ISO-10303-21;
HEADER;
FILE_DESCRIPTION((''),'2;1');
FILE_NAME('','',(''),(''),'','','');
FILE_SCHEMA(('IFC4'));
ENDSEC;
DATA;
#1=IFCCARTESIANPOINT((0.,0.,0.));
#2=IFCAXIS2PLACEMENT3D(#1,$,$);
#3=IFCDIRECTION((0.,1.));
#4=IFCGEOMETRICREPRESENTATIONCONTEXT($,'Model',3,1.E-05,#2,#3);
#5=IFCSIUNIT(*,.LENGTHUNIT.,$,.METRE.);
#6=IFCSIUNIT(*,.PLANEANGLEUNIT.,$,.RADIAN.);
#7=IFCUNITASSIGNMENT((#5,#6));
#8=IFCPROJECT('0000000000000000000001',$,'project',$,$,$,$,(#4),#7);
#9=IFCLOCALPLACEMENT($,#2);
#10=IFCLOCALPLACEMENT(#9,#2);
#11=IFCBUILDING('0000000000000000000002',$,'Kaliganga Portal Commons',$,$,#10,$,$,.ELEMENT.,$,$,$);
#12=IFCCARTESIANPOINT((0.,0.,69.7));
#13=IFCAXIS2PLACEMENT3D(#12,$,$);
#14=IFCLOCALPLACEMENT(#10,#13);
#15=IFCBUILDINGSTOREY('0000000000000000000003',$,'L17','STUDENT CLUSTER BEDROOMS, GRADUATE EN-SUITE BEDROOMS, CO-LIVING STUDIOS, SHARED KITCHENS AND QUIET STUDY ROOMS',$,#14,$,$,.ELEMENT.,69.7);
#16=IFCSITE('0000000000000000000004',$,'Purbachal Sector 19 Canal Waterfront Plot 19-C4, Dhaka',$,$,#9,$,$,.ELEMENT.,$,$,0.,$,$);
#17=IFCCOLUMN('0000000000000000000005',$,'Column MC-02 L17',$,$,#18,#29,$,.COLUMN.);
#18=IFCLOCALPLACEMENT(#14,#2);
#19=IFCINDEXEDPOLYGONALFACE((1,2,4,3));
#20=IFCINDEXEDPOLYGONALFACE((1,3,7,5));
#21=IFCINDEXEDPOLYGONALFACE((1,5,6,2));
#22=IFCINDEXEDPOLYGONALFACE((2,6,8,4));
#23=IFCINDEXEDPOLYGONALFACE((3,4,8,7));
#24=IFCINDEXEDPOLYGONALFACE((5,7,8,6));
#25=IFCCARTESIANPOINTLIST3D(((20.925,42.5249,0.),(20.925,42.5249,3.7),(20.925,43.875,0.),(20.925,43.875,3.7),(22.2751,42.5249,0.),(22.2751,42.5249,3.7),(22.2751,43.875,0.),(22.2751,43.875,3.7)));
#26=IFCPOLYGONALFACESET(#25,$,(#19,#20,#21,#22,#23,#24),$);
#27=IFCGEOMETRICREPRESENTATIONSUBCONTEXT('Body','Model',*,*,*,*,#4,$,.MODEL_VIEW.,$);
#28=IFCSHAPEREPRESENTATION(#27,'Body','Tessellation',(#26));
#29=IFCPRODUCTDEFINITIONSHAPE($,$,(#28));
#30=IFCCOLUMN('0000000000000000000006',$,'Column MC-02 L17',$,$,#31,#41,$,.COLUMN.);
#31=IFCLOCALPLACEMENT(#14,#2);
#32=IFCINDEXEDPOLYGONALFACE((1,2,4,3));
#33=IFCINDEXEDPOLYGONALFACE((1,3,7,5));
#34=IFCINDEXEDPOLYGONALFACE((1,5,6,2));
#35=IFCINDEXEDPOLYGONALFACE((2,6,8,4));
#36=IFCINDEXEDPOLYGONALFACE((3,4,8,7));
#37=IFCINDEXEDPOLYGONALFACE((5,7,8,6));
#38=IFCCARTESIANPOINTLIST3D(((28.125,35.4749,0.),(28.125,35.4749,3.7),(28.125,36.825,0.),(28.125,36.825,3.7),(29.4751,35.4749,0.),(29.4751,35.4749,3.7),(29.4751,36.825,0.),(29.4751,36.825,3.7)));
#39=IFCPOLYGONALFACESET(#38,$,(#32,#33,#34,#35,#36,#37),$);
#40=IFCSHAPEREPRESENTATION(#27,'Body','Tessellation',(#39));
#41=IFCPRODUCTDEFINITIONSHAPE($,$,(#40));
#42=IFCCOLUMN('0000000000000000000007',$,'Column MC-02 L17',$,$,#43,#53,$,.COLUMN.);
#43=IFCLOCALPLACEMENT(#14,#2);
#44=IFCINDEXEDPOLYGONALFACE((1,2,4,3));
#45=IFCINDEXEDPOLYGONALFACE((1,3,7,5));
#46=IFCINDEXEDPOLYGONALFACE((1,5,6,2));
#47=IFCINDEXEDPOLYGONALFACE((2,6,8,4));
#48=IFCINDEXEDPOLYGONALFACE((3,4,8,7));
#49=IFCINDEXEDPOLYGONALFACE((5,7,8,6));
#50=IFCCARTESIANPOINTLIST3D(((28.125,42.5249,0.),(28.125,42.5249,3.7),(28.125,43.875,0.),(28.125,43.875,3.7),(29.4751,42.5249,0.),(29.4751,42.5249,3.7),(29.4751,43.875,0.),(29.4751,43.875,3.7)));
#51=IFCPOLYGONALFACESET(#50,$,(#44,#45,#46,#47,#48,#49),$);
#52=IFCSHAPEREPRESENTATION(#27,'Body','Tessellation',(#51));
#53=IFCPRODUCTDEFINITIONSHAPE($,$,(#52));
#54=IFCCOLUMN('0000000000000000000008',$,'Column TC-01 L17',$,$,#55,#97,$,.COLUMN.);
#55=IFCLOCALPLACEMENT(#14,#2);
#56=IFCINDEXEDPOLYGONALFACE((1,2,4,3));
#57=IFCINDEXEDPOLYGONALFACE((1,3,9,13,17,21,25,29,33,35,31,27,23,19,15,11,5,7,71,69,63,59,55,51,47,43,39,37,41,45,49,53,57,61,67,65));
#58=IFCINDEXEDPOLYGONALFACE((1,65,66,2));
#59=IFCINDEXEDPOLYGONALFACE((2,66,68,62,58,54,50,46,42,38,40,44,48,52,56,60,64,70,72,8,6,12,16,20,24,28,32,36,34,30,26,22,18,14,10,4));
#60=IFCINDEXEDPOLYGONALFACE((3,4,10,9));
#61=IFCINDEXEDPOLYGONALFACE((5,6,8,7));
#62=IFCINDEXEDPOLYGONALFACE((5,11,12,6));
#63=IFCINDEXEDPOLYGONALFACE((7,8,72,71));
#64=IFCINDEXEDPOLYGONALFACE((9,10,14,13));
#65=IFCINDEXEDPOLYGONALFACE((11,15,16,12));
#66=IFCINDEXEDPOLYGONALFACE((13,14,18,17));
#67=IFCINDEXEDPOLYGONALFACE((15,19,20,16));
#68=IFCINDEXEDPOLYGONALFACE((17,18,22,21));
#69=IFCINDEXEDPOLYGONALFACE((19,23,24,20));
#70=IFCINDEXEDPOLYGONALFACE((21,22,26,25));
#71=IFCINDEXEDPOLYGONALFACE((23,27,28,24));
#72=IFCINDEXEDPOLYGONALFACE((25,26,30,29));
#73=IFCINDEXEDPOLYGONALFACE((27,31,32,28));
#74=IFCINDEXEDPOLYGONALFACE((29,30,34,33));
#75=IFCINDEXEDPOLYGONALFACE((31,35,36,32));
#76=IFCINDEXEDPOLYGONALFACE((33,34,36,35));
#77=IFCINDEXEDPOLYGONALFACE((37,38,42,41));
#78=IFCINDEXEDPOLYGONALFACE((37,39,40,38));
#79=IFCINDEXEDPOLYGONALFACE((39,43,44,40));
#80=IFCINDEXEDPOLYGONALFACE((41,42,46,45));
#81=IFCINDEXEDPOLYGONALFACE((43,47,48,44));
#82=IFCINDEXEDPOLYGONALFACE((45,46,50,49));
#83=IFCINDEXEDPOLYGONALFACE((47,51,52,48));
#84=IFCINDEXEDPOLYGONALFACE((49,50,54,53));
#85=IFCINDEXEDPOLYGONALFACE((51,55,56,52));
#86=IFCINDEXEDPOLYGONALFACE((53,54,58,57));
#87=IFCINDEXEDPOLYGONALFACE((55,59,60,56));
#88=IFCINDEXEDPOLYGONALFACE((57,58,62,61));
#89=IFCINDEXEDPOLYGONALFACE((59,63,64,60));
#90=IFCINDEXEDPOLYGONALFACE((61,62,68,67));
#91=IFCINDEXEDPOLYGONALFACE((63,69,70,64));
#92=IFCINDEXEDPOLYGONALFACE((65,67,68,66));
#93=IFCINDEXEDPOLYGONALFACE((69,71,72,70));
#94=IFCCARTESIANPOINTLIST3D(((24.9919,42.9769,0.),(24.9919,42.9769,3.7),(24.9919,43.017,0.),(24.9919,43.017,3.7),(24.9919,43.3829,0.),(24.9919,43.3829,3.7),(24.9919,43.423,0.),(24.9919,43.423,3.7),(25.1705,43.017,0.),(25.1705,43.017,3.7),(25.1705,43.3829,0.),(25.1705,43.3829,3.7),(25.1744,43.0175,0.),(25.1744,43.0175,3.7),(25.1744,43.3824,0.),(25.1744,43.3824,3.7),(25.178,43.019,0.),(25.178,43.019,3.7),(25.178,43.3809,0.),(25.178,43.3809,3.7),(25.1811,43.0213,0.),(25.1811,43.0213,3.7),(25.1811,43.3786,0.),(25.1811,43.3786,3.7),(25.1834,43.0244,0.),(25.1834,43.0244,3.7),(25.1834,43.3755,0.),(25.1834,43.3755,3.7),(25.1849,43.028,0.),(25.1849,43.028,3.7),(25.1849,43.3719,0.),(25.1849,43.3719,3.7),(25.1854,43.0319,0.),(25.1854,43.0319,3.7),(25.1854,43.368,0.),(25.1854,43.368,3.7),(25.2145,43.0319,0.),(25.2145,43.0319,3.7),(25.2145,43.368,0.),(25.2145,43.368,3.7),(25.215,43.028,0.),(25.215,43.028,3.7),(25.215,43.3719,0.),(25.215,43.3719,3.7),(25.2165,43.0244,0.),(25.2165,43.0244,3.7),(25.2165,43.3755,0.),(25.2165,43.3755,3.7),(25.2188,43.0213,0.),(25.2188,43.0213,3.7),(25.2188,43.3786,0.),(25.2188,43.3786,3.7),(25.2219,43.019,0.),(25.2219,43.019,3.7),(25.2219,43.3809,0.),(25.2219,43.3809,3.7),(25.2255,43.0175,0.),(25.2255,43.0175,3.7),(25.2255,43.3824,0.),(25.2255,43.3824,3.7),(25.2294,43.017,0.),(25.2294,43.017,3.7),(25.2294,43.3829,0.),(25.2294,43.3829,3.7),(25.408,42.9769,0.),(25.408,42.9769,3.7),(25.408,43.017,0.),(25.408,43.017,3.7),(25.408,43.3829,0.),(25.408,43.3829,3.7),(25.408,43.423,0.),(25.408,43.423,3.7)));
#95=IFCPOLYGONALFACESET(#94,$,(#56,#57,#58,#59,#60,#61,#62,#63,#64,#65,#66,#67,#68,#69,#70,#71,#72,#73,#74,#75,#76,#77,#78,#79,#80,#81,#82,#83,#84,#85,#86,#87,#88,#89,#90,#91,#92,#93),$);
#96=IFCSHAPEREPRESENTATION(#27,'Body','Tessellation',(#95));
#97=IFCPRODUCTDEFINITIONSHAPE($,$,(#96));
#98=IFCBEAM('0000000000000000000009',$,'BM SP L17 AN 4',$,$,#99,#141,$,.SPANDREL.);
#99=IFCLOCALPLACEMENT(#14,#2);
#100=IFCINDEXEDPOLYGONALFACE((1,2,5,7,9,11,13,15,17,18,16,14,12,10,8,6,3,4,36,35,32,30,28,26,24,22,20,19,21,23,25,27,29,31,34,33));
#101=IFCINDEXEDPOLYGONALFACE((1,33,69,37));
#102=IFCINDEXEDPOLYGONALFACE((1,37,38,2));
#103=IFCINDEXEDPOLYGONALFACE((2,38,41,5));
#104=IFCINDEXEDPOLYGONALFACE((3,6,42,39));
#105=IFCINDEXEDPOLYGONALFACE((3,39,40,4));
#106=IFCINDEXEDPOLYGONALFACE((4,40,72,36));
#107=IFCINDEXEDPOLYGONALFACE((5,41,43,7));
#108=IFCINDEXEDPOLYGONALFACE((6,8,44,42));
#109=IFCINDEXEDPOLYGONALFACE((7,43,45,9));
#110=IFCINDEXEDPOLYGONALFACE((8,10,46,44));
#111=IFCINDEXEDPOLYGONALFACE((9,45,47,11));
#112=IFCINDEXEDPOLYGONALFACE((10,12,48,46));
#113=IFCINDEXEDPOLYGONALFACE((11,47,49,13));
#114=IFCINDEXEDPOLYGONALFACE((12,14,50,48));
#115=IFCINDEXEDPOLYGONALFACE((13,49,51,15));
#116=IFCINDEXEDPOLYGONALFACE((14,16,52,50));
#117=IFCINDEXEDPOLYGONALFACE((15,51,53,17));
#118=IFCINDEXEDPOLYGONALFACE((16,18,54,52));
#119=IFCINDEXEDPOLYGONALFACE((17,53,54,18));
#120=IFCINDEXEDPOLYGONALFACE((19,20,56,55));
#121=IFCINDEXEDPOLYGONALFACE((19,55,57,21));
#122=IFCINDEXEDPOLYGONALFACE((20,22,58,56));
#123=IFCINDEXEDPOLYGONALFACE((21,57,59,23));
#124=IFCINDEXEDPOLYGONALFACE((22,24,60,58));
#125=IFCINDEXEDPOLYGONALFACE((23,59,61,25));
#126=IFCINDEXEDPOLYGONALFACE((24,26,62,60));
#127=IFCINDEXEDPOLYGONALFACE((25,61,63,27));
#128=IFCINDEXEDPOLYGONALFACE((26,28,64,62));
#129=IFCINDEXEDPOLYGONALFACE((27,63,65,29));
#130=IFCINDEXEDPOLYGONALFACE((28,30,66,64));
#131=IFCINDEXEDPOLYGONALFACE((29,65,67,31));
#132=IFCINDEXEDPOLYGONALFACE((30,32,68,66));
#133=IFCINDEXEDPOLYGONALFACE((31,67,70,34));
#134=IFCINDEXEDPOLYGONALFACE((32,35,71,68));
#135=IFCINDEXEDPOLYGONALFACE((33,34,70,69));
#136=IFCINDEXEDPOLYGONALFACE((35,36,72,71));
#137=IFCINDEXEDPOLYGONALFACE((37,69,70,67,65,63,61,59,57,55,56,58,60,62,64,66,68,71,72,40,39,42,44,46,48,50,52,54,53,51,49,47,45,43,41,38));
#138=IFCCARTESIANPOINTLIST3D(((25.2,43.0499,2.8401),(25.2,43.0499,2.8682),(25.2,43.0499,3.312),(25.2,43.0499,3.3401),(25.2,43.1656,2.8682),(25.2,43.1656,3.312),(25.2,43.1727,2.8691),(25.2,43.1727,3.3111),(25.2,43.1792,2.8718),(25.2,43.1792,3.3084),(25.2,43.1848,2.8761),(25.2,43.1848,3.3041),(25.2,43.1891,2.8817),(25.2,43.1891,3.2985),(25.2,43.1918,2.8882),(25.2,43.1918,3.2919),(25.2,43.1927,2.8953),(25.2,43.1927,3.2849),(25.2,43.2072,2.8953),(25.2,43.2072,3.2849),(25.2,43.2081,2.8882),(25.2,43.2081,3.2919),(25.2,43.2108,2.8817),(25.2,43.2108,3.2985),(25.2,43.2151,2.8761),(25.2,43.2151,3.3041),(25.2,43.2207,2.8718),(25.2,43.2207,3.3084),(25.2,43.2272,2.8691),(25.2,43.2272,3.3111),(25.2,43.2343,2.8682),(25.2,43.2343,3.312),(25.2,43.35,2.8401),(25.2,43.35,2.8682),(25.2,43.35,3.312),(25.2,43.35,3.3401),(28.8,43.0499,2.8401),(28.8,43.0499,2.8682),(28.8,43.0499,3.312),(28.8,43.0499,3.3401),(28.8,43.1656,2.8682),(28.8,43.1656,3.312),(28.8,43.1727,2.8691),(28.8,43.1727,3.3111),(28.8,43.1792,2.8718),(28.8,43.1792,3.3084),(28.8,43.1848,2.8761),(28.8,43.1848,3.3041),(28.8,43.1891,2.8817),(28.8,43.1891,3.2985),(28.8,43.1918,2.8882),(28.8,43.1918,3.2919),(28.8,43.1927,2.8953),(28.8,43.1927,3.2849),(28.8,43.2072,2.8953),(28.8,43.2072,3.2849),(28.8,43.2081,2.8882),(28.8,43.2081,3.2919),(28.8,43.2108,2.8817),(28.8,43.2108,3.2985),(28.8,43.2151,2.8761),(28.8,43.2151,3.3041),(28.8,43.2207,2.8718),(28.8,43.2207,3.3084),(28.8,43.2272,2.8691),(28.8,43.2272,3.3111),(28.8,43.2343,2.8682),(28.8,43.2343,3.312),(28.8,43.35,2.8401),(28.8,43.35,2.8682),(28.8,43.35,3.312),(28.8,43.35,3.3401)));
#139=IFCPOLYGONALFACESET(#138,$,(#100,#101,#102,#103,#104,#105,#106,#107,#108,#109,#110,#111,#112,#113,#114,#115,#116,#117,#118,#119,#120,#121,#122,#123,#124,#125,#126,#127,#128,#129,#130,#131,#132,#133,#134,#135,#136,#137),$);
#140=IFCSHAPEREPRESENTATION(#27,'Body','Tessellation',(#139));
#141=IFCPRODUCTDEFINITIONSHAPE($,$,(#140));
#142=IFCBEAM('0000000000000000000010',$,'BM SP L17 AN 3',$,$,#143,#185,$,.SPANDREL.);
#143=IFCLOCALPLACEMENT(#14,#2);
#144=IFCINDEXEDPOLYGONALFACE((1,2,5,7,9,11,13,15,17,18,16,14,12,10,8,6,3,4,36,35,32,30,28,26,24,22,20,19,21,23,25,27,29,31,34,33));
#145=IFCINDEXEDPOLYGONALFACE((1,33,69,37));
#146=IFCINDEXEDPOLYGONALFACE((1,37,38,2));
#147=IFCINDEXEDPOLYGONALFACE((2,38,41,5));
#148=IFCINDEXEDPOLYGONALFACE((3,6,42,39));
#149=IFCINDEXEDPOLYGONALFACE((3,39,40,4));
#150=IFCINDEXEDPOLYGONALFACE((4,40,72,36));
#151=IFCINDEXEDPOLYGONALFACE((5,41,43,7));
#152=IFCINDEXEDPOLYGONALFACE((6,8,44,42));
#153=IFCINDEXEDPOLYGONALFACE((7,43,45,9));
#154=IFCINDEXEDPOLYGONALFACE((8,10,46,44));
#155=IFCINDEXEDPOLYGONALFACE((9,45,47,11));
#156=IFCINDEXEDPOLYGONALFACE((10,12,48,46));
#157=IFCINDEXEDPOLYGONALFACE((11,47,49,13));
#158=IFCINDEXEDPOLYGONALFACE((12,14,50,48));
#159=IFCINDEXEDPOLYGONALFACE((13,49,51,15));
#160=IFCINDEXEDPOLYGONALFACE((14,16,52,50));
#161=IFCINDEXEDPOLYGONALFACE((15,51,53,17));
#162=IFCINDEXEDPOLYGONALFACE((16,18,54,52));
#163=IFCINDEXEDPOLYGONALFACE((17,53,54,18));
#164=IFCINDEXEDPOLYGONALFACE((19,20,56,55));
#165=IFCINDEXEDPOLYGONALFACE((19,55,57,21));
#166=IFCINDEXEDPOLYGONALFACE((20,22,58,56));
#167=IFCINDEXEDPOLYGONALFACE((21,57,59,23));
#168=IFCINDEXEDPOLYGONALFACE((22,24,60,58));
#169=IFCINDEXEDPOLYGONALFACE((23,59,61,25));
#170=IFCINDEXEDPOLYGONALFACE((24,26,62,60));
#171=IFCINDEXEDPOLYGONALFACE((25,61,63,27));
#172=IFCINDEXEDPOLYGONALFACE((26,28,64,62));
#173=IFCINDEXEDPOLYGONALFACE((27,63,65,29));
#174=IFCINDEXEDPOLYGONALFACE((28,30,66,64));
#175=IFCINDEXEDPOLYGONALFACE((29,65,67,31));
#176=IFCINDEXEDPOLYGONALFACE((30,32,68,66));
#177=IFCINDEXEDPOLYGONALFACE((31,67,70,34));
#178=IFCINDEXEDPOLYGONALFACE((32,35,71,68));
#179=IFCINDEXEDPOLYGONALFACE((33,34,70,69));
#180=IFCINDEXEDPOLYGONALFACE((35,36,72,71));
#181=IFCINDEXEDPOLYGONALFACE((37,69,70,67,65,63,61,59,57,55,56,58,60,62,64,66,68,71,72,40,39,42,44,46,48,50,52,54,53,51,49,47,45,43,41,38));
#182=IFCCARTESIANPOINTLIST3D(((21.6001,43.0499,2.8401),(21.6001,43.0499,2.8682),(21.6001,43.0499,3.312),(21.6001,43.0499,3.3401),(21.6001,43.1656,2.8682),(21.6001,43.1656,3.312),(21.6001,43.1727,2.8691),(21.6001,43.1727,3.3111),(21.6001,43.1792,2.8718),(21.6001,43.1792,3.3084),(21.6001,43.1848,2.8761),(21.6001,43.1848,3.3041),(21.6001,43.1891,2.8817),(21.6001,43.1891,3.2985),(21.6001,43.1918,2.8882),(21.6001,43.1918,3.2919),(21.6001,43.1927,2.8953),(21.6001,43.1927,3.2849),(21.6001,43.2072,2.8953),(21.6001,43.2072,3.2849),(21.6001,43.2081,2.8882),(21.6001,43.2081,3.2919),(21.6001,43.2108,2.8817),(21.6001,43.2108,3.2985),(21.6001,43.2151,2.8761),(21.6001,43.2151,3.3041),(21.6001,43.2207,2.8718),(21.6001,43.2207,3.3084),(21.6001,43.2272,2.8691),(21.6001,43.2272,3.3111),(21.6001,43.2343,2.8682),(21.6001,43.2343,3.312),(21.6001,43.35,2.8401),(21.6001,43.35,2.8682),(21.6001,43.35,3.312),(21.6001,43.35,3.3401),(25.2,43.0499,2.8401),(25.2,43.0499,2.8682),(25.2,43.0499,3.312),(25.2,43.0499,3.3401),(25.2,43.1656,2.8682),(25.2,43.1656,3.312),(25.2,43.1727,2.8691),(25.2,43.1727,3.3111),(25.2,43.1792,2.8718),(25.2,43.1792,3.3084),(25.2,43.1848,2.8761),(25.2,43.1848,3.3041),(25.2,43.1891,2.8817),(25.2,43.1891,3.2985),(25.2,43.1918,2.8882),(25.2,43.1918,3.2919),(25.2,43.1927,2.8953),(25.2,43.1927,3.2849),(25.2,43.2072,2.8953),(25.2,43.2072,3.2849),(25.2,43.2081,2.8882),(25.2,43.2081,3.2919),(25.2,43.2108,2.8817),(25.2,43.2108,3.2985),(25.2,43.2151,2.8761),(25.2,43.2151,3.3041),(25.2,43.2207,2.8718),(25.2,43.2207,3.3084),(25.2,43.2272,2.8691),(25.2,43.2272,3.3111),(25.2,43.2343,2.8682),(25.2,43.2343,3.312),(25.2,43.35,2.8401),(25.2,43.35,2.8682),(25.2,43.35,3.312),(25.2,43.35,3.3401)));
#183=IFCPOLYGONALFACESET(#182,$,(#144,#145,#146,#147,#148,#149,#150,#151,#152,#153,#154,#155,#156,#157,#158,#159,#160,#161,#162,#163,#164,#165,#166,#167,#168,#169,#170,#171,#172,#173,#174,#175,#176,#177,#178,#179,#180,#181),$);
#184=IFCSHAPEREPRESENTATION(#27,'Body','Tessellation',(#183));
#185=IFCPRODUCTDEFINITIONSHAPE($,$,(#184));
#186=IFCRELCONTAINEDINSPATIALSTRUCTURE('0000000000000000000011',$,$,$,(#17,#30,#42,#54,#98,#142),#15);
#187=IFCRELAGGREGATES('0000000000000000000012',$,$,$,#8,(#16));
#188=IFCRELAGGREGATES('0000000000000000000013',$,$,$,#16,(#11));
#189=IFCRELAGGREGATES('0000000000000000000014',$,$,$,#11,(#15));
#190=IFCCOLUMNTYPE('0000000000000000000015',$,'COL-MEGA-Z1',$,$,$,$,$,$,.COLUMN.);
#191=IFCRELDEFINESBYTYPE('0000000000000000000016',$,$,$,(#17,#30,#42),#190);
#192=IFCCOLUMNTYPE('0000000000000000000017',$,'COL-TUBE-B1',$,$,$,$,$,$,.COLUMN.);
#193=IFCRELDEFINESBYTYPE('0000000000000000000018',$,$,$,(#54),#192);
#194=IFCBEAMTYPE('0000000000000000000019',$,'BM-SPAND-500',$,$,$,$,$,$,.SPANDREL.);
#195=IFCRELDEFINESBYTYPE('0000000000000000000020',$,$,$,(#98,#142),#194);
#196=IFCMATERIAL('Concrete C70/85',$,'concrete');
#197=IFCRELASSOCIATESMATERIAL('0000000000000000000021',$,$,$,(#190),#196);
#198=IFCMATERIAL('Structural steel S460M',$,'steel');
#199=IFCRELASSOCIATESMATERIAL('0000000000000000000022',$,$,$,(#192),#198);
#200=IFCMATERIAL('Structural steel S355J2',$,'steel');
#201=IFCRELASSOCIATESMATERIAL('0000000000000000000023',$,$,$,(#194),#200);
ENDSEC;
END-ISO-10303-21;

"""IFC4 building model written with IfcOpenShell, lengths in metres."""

from ifc_helpers import new_model, si_unit, direction, frame, origin, origin_2d, place, context, subcontext, project, spatial, rectangle, i_section, extrude, source, transform, mapped, material, material_profile, profile_set, type_object, element, save


model = new_model("IFC4")

# Units and contexts
model_context = context("Model", 3, precision=1e-05, world=origin(), true_north=direction((0.0, 1.0)))
body_context = subcontext(model_context, "Body", "Model", "MODEL_VIEW")
ifc_project = project(units=[si_unit("LENGTHUNIT", "METRE"), si_unit("PLANEANGLEUNIT", "RADIAN")], contexts=[model_context])

# Site, building, storey
site_placement = place(None, origin())
site = spatial("IfcSite", under=ifc_project, at=site_placement, Name="Purbachal Sector 19 Canal Waterfront Plot 19-C4, Dhaka", CompositionType="ELEMENT", RefElevation=0.0)
building_placement = place(site_placement, origin())
building = spatial("IfcBuilding", under=site, at=building_placement, Name="Kaliganga Portal Commons", CompositionType="ELEMENT")
storey_placement = place(building_placement, frame((0.0, 0.0, 69.7)))
storey = spatial("IfcBuildingStorey", under=building, at=storey_placement, Name="L17", Description="STUDENT CLUSTER BEDROOMS, GRADUATE EN-SUITE BEDROOMS, CO-LIVING STUDIOS, SHARED KITCHENS AND QUIET STUDY ROOMS", CompositionType="ELEMENT", Elevation=69.7)

# Columns
ifc_material_1 = material(Name="Concrete C70/85", Category="concrete")
ifc_material_profile_1 = material_profile(ifc_material_1, rectangle(XDim=1.3501, YDim=1.3501, at=origin_2d()), Name="RC 1350x1350")
ifc_profile_set_1 = profile_set([ifc_material_profile_1], Name="Concrete C70/85")
column_type_1 = type_object("IfcColumnType", Name="COL-MEGA-Z1", PredefinedType="COLUMN", material=ifc_profile_set_1)
shared_shape_1 = source(origin(), body_context, "Body", "SweptSolid", [
    extrude(rectangle(XDim=1.3501, YDim=1.3501, at=origin_2d()), origin(), (0.0, 0.0, 1.0), 3.7),
])
for number, where, z_axis, x_axis, name in (
    (1, (21.6001, 43.2, 0.0), (0.0, 0.0, 1.0), (1.0, 0.0, 0.0), "Column MC-02 L17"),
    (2, (28.8, 36.1499, 0.0), (0.0, 0.0, 1.0), (1.0, 0.0, 0.0), "Column MC-02 L17"),
    (3, (28.8, 43.2, 0.0), (0.0, 0.0, 1.0), (1.0, 0.0, 0.0), "Column MC-02 L17"),
):
    element("IfcColumn", number, at=place(storey_placement, frame(where, z_axis=z_axis, x_axis=x_axis)), inside=storey, type_object=column_type_1, Name=name, PredefinedType="COLUMN", context=body_context, shape_type="MappedRepresentation", body=[
        mapped(shared_shape_1, transform((0.0, 0.0, 0.0), x_axis=(1.0, 0.0, 0.0), y_axis=(0.0, 1.0, 0.0), z_axis=(0.0, 0.0, 1.0), scale=1.0)),
    ])
ifc_material_2 = material(Name="Structural steel S460M", Category="steel")
ifc_material_profile_2 = material_profile(ifc_material_2, i_section(OverallWidth=0.416, OverallDepth=0.446, WebThickness=0.0291, FlangeThickness=0.04, FilletRadius=0.0149, at=origin_2d()), Name="HD 400x509")
ifc_profile_set_2 = profile_set([ifc_material_profile_2], Name="Structural steel S460M wide-flange")
column_type_2 = type_object("IfcColumnType", Name="COL-TUBE-B1", PredefinedType="COLUMN", material=ifc_profile_set_2)
shared_shape_2 = source(origin(), body_context, "Body", "SweptSolid", [
    extrude(i_section(OverallWidth=0.416, OverallDepth=0.446, WebThickness=0.0291, FlangeThickness=0.04, FilletRadius=0.0149, at=origin_2d()), origin(), (0.0, 0.0, 1.0), 3.7),
])
column_placement = place(storey_placement, frame((25.2, 43.2, 0.0), z_axis=(0.0, 0.0, 1.0), x_axis=(1.0, 0.0, 0.0)))
element("IfcColumn", 4, at=column_placement, inside=storey, type_object=column_type_2, Name="Column TC-01 L17", PredefinedType="COLUMN", context=body_context, shape_type="MappedRepresentation", body=[
    mapped(shared_shape_2, transform((0.0, 0.0, 0.0), x_axis=(1.0, 0.0, 0.0), y_axis=(0.0, 1.0, 0.0), z_axis=(0.0, 0.0, 1.0), scale=1.0)),
])

# Beams
ifc_material_3 = material(Name="Structural steel S355J2", Category="steel")
ifc_material_profile_3 = material_profile(ifc_material_3, i_section(OverallWidth=0.3, OverallDepth=0.5, WebThickness=0.0144, FlangeThickness=0.0281, FilletRadius=0.0271, at=origin_2d()), Name="HE 500 B")
ifc_profile_set_3 = profile_set([ifc_material_profile_3], Name="Structural steel S355J2 wide-flange")
beam_type_1 = type_object("IfcBeamType", Name="BM-SPAND-500", PredefinedType="SPANDREL", material=ifc_profile_set_3)
shared_shape_3 = source(origin(), body_context, "Body", "SweptSolid", [
    extrude(i_section(OverallWidth=0.3, OverallDepth=0.5, WebThickness=0.0144, FlangeThickness=0.0281, FilletRadius=0.0271, at=origin_2d()), origin(), (0.0, 0.0, 1.0), 3.6001),
])
beam_1_placement = place(storey_placement, frame((25.2, 43.2, 3.0901), z_axis=(1.0, 0.0, 0.0), x_axis=(0.0, 1.0, 0.0)))
element("IfcBeam", 5, at=beam_1_placement, inside=storey, type_object=beam_type_1, Name="BM SP L17 AN 4", PredefinedType="SPANDREL", context=body_context, shape_type="MappedRepresentation", body=[
    mapped(shared_shape_3, transform((0.0, 0.0, 0.0), x_axis=(1.0, 0.0, 0.0), y_axis=(0.0, 1.0, 0.0), z_axis=(0.0, 0.0, 1.0), scale=1.0)),
])
shared_shape_4 = source(origin(), body_context, "Body", "SweptSolid", [
    extrude(i_section(OverallWidth=0.3, OverallDepth=0.5, WebThickness=0.0144, FlangeThickness=0.0281, FilletRadius=0.0271, at=origin_2d()), origin(), (0.0, 0.0, 1.0), 3.5999),
])
for number, where, z_axis, x_axis, name in (
    (6, (21.6001, 43.2, 3.0901), (1.0, 0.0, 0.0), (0.0, 1.0, 0.0), "BM SP L17 AN 3"),
):
    element("IfcBeam", number, at=place(storey_placement, frame(where, z_axis=z_axis, x_axis=x_axis)), inside=storey, type_object=beam_type_1, Name=name, PredefinedType="SPANDREL", context=body_context, shape_type="MappedRepresentation", body=[
        mapped(shared_shape_4, transform((0.0, 0.0, 0.0), x_axis=(1.0, 0.0, 0.0), y_axis=(0.0, 1.0, 0.0), z_axis=(0.0, 0.0, 1.0), scale=1.0)),
    ])

save(model, "model.ifc")
